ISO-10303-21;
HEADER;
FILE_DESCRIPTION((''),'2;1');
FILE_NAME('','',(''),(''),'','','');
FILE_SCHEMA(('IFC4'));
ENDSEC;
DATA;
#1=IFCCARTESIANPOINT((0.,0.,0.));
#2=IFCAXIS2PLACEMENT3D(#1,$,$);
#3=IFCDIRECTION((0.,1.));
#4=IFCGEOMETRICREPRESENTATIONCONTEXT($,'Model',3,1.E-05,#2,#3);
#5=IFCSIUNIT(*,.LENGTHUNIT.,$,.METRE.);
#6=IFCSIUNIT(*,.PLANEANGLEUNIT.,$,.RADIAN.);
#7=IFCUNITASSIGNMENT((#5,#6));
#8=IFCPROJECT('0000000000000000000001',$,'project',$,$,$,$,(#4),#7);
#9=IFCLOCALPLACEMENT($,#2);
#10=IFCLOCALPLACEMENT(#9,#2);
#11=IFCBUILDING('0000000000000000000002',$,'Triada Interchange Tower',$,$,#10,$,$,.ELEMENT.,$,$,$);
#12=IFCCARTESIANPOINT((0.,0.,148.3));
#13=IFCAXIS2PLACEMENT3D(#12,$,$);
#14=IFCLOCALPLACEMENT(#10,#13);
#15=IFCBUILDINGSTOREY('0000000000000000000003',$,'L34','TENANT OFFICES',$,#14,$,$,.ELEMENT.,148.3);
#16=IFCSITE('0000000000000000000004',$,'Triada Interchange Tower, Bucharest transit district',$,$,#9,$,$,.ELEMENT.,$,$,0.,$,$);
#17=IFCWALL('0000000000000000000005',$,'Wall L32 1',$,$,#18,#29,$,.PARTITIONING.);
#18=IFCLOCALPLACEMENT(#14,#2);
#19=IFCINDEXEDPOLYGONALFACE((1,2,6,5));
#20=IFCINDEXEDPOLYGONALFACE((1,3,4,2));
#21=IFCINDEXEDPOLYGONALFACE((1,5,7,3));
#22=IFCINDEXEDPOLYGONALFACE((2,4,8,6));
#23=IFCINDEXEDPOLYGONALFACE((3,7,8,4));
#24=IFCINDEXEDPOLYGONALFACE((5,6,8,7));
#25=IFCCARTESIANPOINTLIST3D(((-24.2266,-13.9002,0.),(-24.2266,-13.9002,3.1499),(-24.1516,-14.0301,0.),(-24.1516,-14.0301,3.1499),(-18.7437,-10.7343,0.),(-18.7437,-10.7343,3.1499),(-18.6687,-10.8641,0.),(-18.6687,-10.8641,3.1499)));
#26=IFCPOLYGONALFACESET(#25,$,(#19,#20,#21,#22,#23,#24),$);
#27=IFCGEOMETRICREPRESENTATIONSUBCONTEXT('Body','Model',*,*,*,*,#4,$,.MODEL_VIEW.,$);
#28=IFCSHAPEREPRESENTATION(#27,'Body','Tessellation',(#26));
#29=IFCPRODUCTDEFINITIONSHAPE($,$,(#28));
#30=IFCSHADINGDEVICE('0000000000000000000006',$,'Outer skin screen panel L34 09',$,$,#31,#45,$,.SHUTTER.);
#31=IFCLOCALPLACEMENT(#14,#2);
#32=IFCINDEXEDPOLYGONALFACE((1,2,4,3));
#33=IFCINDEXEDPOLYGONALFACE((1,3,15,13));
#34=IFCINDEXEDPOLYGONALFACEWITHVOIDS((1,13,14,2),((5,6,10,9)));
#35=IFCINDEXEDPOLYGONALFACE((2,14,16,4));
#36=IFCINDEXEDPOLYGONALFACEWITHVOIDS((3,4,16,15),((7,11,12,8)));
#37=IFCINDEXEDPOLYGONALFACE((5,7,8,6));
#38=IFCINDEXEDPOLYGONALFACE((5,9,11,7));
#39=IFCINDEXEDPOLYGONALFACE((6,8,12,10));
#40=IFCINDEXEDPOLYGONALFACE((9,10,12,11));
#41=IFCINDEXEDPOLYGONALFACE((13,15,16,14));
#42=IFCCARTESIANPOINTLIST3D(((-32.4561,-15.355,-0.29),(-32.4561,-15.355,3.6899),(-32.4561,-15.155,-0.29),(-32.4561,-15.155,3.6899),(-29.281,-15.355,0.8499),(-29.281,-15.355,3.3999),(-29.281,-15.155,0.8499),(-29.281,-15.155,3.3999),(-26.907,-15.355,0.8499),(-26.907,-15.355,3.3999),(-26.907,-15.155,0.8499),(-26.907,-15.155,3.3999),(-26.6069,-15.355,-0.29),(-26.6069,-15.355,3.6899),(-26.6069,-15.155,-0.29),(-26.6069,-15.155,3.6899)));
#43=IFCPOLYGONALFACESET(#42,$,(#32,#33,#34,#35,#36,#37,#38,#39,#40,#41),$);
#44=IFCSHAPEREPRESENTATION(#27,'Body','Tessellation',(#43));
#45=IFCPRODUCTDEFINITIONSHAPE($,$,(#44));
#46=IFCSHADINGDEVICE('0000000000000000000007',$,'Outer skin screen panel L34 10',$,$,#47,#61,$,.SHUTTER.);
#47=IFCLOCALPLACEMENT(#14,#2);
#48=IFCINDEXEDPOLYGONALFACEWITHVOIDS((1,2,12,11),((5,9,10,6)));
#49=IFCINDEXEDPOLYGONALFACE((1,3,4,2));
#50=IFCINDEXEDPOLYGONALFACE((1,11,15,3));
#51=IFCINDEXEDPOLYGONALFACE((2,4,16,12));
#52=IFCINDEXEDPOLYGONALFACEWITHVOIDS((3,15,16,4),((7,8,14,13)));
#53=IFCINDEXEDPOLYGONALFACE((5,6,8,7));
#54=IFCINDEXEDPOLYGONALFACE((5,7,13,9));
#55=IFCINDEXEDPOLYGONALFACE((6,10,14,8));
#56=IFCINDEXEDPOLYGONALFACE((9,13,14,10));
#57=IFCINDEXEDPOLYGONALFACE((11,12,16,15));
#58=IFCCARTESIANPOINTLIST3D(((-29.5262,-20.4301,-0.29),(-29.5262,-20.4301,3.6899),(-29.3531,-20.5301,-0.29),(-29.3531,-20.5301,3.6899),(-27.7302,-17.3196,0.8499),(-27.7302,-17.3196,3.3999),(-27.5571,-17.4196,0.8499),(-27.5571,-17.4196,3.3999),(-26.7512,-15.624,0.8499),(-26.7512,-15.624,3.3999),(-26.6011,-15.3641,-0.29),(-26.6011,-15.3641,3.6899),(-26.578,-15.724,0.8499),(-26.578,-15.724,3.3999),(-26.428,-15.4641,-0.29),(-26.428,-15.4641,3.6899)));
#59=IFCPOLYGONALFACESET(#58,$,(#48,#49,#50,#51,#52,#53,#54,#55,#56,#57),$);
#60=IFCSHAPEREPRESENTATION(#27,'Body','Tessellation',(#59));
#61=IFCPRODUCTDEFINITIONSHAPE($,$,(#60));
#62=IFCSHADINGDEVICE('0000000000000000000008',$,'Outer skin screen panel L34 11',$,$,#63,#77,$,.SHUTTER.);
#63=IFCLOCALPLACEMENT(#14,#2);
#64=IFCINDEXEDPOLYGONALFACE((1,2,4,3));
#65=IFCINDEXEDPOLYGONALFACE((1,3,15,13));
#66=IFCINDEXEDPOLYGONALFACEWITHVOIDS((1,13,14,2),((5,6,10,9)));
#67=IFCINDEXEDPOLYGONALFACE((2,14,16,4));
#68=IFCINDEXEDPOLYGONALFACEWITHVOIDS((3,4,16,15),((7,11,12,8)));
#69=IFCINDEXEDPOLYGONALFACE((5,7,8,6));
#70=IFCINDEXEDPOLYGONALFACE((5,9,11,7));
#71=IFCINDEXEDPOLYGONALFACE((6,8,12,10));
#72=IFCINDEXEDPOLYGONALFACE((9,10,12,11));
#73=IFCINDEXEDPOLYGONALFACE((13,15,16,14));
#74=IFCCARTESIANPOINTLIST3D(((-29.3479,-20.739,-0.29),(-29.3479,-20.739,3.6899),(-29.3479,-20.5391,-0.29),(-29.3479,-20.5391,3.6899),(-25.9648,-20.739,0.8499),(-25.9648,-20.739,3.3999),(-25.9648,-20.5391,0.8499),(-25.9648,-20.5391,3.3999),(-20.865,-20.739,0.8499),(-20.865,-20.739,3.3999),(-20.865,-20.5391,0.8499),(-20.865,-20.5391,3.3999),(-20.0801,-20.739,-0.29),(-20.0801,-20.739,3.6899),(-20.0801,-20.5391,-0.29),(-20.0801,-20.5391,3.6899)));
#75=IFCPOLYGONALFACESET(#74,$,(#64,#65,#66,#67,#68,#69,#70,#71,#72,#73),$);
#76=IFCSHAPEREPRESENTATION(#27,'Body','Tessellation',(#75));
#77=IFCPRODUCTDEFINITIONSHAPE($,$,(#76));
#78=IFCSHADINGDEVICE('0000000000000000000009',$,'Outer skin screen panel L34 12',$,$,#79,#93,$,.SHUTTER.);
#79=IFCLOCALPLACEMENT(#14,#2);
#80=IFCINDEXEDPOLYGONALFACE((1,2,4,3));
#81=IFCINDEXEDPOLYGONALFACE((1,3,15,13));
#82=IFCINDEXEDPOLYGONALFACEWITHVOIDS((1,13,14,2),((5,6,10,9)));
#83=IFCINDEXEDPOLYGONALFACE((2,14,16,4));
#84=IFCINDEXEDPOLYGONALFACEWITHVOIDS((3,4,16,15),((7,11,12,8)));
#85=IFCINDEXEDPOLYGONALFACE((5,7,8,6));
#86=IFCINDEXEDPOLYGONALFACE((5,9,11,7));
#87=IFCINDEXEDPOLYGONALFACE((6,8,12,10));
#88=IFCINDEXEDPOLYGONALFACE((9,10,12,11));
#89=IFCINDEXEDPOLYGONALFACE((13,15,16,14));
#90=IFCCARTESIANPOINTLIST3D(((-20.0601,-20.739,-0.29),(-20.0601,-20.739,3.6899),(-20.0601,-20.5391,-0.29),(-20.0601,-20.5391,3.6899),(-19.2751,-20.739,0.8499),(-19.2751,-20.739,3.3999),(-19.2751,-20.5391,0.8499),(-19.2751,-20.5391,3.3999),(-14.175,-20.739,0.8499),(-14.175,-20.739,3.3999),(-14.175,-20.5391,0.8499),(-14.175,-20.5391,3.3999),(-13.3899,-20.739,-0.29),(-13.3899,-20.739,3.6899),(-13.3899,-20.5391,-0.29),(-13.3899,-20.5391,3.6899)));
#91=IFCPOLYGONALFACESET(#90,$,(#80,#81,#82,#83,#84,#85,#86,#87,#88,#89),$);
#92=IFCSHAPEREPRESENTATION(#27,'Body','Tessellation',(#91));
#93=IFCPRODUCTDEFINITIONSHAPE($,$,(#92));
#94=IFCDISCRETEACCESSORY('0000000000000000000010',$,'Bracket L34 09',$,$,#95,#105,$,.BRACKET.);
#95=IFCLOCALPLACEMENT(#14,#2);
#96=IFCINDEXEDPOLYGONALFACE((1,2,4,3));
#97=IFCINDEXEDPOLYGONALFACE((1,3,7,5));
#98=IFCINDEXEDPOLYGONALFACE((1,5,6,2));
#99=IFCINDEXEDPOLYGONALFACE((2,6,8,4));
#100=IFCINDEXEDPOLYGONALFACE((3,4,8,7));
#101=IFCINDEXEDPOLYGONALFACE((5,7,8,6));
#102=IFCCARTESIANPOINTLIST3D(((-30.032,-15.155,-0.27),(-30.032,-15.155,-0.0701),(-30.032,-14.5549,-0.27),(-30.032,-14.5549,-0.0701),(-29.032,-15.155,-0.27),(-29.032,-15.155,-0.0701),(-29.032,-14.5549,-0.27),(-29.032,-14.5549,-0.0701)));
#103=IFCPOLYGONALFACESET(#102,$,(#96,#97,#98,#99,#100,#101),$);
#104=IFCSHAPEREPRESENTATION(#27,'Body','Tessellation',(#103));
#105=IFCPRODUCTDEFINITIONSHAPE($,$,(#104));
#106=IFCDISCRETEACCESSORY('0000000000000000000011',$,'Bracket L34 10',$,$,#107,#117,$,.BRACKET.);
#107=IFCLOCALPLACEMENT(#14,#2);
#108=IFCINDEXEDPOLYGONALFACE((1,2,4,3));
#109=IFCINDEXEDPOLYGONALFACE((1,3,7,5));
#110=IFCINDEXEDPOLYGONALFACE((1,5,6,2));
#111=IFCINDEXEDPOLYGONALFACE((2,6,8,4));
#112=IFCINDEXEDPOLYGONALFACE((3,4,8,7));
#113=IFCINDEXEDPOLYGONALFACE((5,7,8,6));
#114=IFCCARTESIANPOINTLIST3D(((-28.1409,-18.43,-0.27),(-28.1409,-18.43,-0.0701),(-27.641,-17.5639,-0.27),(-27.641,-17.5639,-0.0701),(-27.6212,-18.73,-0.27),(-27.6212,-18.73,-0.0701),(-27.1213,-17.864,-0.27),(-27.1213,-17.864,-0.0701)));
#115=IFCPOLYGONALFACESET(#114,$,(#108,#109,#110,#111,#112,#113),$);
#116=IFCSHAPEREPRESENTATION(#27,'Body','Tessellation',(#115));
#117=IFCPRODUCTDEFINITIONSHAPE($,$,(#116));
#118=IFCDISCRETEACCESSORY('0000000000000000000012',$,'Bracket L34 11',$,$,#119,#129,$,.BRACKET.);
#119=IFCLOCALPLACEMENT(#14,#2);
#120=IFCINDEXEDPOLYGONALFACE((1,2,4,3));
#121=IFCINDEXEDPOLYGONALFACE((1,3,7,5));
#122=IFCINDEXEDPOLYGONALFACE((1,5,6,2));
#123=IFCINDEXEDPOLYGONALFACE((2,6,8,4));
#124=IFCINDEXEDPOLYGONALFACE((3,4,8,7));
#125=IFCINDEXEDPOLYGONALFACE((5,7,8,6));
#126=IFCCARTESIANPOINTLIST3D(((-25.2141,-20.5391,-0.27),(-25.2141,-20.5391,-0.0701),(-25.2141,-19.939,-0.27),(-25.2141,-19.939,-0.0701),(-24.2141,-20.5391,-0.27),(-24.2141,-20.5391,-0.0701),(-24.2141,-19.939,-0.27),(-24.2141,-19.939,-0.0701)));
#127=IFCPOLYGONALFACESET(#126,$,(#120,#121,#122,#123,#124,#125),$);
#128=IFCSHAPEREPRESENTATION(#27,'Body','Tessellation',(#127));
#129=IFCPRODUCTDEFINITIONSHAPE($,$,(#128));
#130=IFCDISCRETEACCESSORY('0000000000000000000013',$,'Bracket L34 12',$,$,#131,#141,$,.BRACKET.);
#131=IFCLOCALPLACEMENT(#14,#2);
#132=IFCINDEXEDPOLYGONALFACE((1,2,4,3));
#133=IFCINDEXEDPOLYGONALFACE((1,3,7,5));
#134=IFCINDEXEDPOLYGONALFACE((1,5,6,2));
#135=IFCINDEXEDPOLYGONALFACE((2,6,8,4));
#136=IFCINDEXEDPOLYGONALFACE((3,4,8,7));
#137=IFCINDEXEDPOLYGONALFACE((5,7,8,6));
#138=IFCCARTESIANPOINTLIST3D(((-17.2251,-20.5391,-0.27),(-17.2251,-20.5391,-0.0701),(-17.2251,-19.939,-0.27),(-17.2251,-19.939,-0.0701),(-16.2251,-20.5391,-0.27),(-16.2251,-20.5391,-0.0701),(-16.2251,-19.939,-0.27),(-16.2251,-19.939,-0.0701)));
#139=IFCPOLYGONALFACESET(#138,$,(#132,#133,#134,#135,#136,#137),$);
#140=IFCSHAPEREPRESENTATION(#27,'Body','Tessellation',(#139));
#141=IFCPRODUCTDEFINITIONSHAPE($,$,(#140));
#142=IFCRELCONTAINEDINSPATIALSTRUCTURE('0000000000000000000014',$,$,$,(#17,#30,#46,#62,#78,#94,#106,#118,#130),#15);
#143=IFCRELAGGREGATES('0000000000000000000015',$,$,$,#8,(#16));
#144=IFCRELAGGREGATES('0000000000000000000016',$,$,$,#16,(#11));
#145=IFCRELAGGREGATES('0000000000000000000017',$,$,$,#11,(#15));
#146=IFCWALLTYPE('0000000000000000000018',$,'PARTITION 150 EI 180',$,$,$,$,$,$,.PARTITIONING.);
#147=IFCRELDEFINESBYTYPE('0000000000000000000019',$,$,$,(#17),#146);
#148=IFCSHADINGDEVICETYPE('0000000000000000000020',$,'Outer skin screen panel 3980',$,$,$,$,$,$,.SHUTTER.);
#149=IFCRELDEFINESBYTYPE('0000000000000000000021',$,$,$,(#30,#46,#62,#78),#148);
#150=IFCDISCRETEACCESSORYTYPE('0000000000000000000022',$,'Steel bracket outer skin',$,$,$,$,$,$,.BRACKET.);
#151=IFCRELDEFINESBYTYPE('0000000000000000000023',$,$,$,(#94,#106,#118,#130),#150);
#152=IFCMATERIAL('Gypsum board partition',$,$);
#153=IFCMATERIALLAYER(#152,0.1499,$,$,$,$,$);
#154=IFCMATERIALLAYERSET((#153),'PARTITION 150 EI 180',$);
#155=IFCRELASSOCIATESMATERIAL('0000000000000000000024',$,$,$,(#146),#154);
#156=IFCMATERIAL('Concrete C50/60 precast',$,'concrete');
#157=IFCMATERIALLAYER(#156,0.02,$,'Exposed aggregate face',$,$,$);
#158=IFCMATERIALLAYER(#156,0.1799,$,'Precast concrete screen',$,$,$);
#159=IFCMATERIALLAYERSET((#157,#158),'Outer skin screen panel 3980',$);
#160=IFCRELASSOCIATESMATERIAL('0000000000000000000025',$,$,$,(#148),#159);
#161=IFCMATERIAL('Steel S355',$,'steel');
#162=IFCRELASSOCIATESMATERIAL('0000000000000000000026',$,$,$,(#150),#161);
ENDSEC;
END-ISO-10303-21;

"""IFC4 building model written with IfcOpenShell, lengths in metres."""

from ifc_helpers import new_model, si_unit, direction, frame, frame_2d, origin, origin_2d, place, context, subcontext, project, spatial, polyline, rectangle, outline, extrude, material, layer, layer_set, type_object, element, save


model = new_model("IFC4")

# Units and contexts
model_context = context("Model", 3, precision=1e-05, world=origin(), true_north=direction((0.0, 1.0)))
body_context = subcontext(model_context, "Body", "Model", "MODEL_VIEW")
ifc_project = project(units=[si_unit("LENGTHUNIT", "METRE"), si_unit("PLANEANGLEUNIT", "RADIAN")], contexts=[model_context])

# Site, building, storey
site_placement = place(None, origin())
site = spatial("IfcSite", under=ifc_project, at=site_placement, Name="Triada Interchange Tower, Bucharest transit district", CompositionType="ELEMENT", RefElevation=0.0)
building_placement = place(site_placement, origin())
building = spatial("IfcBuilding", under=site, at=building_placement, Name="Triada Interchange Tower", CompositionType="ELEMENT")
storey_placement = place(building_placement, frame((0.0, 0.0, 148.3)))
storey = spatial("IfcBuildingStorey", under=building, at=storey_placement, Name="L34", Description="TENANT OFFICES", CompositionType="ELEMENT", Elevation=148.3)

# Wall
ifc_material_1 = material(Name="Gypsum board partition")
ifc_layer_1 = layer(ifc_material_1, 0.1499)
ifc_layer_set_1 = layer_set([ifc_layer_1], Name="PARTITION 150 EI 180")
wall_type_1 = type_object("IfcWallType", Name="PARTITION 150 EI 180", PredefinedType="PARTITIONING", material=ifc_layer_set_1)
wall_1_placement = place(storey_placement, frame((-24.189, -13.9651, 0.0), z_axis=(0.0, 0.0, 1.0), x_axis=(0.865994, 0.500054, 0.0)))
element("IfcWall", 1, at=wall_1_placement, inside=storey, type_object=wall_type_1, Name="Wall L32 1", PredefinedType="PARTITIONING", context=body_context, shape_type="SweptSolid", body=[
    extrude(rectangle(XDim=6.3313, YDim=0.1499, at=frame_2d((3.1655, 0.0))), origin(), (0.0, 0.0, 1.0), 3.1499),
])

# Shading devices
ifc_material_2 = material(Name="Concrete C50/60 precast", Category="concrete")
ifc_layer_2 = layer(ifc_material_2, 0.02, Name="Exposed aggregate face")
ifc_layer_3 = layer(ifc_material_2, 0.1799, Name="Precast concrete screen")
ifc_layer_set_2 = layer_set([ifc_layer_2, ifc_layer_3], Name="Outer skin screen panel 3980")
shading_device_type = type_object("IfcShadingDeviceType", Name="Outer skin screen panel 3980", PredefinedType="SHUTTER", material=ifc_layer_set_2)
shading_device_1_placement = place(storey_placement, frame((-32.4561, -15.155, -0.29), z_axis=(0.0, 0.0, 1.0), x_axis=(1.0, 0.0, 0.0)))
element("IfcShadingDevice", 2, at=shading_device_1_placement, inside=storey, type_object=shading_device_type, Name="Outer skin screen panel L34 09", PredefinedType="SHUTTER", context=body_context, shape_type="SweptSolid", body=[
    extrude(outline(polyline([(0.0, 0.0), (5.8491, 0.0), (5.8491, 3.98), (0.0, 3.98), (0.0, 0.0)]), holes=[polyline([(3.175, 1.1399), (3.175, 3.6899), (5.5491, 3.6899), (5.5491, 1.1399), (3.175, 1.1399)])]), frame((0.0, 0.0, 0.0), z_axis=(0.0, -1.0, 0.0), x_axis=(1.0, 0.0, 0.0)), (0.0, 0.0, 1.0), 0.2),
])
shading_device_2_placement = place(storey_placement, frame((-26.428, -15.4641, -0.29), z_axis=(0.0, 0.0, 1.0), x_axis=(-0.500031, -0.866008, 0.0)))
element("IfcShadingDevice", 3, at=shading_device_2_placement, inside=storey, type_object=shading_device_type, Name="Outer skin screen panel L34 10", PredefinedType="SHUTTER", context=body_context, shape_type="SweptSolid", body=[
    extrude(outline(polyline([(0.0, 0.0), (5.8499, 0.0), (5.8499, 3.98), (0.0, 3.98), (0.0, 0.0)]), holes=[polyline([(0.3, 1.1399), (0.3, 3.6899), (2.2581, 3.6899), (2.2581, 1.1399), (0.3, 1.1399)])]), frame((0.0, 0.0, 0.0), z_axis=(0.0, -1.0, 0.0), x_axis=(1.0, 0.0, 0.0)), (0.0, 0.0, 1.0), 0.2),
])
shading_device_3_placement = place(storey_placement, frame((-29.3479, -20.5391, -0.29), z_axis=(0.0, 0.0, 1.0), x_axis=(1.0, 0.0, 0.0)))
element("IfcShadingDevice", 4, at=shading_device_3_placement, inside=storey, type_object=shading_device_type, Name="Outer skin screen panel L34 11", PredefinedType="SHUTTER", context=body_context, shape_type="SweptSolid", body=[
    extrude(outline(polyline([(0.0, 0.0), (9.2678, 0.0), (9.2678, 3.98), (0.0, 3.98), (0.0, 0.0)]), holes=[polyline([(3.3831, 1.1399), (3.3831, 3.6899), (8.4829, 3.6899), (8.4829, 1.1399), (3.3831, 1.1399)])]), frame((0.0, 0.0, 0.0), z_axis=(0.0, -1.0, 0.0), x_axis=(1.0, 0.0, 0.0)), (0.0, 0.0, 1.0), 0.2),
])
shading_device_4_placement = place(storey_placement, frame((-20.0601, -20.5391, -0.29), z_axis=(0.0, 0.0, 1.0), x_axis=(1.0, 0.0, 0.0)))
element("IfcShadingDevice", 5, at=shading_device_4_placement, inside=storey, type_object=shading_device_type, Name="Outer skin screen panel L34 12", PredefinedType="SHUTTER", context=body_context, shape_type="SweptSolid", body=[
    extrude(outline(polyline([(0.0, 0.0), (6.6702, 0.0), (6.6702, 3.98), (0.0, 3.98), (0.0, 0.0)]), holes=[polyline([(0.7849, 1.1399), (0.7849, 3.6899), (5.885, 3.6899), (5.885, 1.1399), (0.7849, 1.1399)])]), frame((0.0, 0.0, 0.0), z_axis=(0.0, -1.0, 0.0), x_axis=(1.0, 0.0, 0.0)), (0.0, 0.0, 1.0), 0.2),
])

# Discrete accessories
ifc_material_3 = material(Name="Steel S355", Category="steel")
discrete_accessory_type = type_object("IfcDiscreteAccessoryType", Name="Steel bracket outer skin", PredefinedType="BRACKET", material=ifc_material_3)
for number, where, z_axis, x_axis, name in (
    (6, (-29.532, -14.855, -0.27), (0.0, 0.0, 1.0), (0.0, -1.0, 0.0), "Bracket L34 09"),
    (7, (-27.6311, -18.147, -0.27), (0.0, 0.0, 1.0), (-0.866057, 0.499945, 0.0), "Bracket L34 10"),
    (8, (-24.7141, -20.239, -0.27), (0.0, 0.0, 1.0), (0.0, -1.0, 0.0), "Bracket L34 11"),
    (9, (-16.7251, -20.239, -0.27), (0.0, 0.0, 1.0), (0.0, -1.0, 0.0), "Bracket L34 12"),
):
    element("IfcDiscreteAccessory", number, at=place(storey_placement, frame(where, z_axis=z_axis, x_axis=x_axis)), inside=storey, type_object=discrete_accessory_type, Name=name, PredefinedType="BRACKET", context=body_context, shape_type="SweptSolid", body=[
        extrude(rectangle(XDim=0.6001, YDim=1.0, at=origin_2d()), origin(), (0.0, 0.0, 1.0), 0.2),
    ])

save(model, "model.ifc")
